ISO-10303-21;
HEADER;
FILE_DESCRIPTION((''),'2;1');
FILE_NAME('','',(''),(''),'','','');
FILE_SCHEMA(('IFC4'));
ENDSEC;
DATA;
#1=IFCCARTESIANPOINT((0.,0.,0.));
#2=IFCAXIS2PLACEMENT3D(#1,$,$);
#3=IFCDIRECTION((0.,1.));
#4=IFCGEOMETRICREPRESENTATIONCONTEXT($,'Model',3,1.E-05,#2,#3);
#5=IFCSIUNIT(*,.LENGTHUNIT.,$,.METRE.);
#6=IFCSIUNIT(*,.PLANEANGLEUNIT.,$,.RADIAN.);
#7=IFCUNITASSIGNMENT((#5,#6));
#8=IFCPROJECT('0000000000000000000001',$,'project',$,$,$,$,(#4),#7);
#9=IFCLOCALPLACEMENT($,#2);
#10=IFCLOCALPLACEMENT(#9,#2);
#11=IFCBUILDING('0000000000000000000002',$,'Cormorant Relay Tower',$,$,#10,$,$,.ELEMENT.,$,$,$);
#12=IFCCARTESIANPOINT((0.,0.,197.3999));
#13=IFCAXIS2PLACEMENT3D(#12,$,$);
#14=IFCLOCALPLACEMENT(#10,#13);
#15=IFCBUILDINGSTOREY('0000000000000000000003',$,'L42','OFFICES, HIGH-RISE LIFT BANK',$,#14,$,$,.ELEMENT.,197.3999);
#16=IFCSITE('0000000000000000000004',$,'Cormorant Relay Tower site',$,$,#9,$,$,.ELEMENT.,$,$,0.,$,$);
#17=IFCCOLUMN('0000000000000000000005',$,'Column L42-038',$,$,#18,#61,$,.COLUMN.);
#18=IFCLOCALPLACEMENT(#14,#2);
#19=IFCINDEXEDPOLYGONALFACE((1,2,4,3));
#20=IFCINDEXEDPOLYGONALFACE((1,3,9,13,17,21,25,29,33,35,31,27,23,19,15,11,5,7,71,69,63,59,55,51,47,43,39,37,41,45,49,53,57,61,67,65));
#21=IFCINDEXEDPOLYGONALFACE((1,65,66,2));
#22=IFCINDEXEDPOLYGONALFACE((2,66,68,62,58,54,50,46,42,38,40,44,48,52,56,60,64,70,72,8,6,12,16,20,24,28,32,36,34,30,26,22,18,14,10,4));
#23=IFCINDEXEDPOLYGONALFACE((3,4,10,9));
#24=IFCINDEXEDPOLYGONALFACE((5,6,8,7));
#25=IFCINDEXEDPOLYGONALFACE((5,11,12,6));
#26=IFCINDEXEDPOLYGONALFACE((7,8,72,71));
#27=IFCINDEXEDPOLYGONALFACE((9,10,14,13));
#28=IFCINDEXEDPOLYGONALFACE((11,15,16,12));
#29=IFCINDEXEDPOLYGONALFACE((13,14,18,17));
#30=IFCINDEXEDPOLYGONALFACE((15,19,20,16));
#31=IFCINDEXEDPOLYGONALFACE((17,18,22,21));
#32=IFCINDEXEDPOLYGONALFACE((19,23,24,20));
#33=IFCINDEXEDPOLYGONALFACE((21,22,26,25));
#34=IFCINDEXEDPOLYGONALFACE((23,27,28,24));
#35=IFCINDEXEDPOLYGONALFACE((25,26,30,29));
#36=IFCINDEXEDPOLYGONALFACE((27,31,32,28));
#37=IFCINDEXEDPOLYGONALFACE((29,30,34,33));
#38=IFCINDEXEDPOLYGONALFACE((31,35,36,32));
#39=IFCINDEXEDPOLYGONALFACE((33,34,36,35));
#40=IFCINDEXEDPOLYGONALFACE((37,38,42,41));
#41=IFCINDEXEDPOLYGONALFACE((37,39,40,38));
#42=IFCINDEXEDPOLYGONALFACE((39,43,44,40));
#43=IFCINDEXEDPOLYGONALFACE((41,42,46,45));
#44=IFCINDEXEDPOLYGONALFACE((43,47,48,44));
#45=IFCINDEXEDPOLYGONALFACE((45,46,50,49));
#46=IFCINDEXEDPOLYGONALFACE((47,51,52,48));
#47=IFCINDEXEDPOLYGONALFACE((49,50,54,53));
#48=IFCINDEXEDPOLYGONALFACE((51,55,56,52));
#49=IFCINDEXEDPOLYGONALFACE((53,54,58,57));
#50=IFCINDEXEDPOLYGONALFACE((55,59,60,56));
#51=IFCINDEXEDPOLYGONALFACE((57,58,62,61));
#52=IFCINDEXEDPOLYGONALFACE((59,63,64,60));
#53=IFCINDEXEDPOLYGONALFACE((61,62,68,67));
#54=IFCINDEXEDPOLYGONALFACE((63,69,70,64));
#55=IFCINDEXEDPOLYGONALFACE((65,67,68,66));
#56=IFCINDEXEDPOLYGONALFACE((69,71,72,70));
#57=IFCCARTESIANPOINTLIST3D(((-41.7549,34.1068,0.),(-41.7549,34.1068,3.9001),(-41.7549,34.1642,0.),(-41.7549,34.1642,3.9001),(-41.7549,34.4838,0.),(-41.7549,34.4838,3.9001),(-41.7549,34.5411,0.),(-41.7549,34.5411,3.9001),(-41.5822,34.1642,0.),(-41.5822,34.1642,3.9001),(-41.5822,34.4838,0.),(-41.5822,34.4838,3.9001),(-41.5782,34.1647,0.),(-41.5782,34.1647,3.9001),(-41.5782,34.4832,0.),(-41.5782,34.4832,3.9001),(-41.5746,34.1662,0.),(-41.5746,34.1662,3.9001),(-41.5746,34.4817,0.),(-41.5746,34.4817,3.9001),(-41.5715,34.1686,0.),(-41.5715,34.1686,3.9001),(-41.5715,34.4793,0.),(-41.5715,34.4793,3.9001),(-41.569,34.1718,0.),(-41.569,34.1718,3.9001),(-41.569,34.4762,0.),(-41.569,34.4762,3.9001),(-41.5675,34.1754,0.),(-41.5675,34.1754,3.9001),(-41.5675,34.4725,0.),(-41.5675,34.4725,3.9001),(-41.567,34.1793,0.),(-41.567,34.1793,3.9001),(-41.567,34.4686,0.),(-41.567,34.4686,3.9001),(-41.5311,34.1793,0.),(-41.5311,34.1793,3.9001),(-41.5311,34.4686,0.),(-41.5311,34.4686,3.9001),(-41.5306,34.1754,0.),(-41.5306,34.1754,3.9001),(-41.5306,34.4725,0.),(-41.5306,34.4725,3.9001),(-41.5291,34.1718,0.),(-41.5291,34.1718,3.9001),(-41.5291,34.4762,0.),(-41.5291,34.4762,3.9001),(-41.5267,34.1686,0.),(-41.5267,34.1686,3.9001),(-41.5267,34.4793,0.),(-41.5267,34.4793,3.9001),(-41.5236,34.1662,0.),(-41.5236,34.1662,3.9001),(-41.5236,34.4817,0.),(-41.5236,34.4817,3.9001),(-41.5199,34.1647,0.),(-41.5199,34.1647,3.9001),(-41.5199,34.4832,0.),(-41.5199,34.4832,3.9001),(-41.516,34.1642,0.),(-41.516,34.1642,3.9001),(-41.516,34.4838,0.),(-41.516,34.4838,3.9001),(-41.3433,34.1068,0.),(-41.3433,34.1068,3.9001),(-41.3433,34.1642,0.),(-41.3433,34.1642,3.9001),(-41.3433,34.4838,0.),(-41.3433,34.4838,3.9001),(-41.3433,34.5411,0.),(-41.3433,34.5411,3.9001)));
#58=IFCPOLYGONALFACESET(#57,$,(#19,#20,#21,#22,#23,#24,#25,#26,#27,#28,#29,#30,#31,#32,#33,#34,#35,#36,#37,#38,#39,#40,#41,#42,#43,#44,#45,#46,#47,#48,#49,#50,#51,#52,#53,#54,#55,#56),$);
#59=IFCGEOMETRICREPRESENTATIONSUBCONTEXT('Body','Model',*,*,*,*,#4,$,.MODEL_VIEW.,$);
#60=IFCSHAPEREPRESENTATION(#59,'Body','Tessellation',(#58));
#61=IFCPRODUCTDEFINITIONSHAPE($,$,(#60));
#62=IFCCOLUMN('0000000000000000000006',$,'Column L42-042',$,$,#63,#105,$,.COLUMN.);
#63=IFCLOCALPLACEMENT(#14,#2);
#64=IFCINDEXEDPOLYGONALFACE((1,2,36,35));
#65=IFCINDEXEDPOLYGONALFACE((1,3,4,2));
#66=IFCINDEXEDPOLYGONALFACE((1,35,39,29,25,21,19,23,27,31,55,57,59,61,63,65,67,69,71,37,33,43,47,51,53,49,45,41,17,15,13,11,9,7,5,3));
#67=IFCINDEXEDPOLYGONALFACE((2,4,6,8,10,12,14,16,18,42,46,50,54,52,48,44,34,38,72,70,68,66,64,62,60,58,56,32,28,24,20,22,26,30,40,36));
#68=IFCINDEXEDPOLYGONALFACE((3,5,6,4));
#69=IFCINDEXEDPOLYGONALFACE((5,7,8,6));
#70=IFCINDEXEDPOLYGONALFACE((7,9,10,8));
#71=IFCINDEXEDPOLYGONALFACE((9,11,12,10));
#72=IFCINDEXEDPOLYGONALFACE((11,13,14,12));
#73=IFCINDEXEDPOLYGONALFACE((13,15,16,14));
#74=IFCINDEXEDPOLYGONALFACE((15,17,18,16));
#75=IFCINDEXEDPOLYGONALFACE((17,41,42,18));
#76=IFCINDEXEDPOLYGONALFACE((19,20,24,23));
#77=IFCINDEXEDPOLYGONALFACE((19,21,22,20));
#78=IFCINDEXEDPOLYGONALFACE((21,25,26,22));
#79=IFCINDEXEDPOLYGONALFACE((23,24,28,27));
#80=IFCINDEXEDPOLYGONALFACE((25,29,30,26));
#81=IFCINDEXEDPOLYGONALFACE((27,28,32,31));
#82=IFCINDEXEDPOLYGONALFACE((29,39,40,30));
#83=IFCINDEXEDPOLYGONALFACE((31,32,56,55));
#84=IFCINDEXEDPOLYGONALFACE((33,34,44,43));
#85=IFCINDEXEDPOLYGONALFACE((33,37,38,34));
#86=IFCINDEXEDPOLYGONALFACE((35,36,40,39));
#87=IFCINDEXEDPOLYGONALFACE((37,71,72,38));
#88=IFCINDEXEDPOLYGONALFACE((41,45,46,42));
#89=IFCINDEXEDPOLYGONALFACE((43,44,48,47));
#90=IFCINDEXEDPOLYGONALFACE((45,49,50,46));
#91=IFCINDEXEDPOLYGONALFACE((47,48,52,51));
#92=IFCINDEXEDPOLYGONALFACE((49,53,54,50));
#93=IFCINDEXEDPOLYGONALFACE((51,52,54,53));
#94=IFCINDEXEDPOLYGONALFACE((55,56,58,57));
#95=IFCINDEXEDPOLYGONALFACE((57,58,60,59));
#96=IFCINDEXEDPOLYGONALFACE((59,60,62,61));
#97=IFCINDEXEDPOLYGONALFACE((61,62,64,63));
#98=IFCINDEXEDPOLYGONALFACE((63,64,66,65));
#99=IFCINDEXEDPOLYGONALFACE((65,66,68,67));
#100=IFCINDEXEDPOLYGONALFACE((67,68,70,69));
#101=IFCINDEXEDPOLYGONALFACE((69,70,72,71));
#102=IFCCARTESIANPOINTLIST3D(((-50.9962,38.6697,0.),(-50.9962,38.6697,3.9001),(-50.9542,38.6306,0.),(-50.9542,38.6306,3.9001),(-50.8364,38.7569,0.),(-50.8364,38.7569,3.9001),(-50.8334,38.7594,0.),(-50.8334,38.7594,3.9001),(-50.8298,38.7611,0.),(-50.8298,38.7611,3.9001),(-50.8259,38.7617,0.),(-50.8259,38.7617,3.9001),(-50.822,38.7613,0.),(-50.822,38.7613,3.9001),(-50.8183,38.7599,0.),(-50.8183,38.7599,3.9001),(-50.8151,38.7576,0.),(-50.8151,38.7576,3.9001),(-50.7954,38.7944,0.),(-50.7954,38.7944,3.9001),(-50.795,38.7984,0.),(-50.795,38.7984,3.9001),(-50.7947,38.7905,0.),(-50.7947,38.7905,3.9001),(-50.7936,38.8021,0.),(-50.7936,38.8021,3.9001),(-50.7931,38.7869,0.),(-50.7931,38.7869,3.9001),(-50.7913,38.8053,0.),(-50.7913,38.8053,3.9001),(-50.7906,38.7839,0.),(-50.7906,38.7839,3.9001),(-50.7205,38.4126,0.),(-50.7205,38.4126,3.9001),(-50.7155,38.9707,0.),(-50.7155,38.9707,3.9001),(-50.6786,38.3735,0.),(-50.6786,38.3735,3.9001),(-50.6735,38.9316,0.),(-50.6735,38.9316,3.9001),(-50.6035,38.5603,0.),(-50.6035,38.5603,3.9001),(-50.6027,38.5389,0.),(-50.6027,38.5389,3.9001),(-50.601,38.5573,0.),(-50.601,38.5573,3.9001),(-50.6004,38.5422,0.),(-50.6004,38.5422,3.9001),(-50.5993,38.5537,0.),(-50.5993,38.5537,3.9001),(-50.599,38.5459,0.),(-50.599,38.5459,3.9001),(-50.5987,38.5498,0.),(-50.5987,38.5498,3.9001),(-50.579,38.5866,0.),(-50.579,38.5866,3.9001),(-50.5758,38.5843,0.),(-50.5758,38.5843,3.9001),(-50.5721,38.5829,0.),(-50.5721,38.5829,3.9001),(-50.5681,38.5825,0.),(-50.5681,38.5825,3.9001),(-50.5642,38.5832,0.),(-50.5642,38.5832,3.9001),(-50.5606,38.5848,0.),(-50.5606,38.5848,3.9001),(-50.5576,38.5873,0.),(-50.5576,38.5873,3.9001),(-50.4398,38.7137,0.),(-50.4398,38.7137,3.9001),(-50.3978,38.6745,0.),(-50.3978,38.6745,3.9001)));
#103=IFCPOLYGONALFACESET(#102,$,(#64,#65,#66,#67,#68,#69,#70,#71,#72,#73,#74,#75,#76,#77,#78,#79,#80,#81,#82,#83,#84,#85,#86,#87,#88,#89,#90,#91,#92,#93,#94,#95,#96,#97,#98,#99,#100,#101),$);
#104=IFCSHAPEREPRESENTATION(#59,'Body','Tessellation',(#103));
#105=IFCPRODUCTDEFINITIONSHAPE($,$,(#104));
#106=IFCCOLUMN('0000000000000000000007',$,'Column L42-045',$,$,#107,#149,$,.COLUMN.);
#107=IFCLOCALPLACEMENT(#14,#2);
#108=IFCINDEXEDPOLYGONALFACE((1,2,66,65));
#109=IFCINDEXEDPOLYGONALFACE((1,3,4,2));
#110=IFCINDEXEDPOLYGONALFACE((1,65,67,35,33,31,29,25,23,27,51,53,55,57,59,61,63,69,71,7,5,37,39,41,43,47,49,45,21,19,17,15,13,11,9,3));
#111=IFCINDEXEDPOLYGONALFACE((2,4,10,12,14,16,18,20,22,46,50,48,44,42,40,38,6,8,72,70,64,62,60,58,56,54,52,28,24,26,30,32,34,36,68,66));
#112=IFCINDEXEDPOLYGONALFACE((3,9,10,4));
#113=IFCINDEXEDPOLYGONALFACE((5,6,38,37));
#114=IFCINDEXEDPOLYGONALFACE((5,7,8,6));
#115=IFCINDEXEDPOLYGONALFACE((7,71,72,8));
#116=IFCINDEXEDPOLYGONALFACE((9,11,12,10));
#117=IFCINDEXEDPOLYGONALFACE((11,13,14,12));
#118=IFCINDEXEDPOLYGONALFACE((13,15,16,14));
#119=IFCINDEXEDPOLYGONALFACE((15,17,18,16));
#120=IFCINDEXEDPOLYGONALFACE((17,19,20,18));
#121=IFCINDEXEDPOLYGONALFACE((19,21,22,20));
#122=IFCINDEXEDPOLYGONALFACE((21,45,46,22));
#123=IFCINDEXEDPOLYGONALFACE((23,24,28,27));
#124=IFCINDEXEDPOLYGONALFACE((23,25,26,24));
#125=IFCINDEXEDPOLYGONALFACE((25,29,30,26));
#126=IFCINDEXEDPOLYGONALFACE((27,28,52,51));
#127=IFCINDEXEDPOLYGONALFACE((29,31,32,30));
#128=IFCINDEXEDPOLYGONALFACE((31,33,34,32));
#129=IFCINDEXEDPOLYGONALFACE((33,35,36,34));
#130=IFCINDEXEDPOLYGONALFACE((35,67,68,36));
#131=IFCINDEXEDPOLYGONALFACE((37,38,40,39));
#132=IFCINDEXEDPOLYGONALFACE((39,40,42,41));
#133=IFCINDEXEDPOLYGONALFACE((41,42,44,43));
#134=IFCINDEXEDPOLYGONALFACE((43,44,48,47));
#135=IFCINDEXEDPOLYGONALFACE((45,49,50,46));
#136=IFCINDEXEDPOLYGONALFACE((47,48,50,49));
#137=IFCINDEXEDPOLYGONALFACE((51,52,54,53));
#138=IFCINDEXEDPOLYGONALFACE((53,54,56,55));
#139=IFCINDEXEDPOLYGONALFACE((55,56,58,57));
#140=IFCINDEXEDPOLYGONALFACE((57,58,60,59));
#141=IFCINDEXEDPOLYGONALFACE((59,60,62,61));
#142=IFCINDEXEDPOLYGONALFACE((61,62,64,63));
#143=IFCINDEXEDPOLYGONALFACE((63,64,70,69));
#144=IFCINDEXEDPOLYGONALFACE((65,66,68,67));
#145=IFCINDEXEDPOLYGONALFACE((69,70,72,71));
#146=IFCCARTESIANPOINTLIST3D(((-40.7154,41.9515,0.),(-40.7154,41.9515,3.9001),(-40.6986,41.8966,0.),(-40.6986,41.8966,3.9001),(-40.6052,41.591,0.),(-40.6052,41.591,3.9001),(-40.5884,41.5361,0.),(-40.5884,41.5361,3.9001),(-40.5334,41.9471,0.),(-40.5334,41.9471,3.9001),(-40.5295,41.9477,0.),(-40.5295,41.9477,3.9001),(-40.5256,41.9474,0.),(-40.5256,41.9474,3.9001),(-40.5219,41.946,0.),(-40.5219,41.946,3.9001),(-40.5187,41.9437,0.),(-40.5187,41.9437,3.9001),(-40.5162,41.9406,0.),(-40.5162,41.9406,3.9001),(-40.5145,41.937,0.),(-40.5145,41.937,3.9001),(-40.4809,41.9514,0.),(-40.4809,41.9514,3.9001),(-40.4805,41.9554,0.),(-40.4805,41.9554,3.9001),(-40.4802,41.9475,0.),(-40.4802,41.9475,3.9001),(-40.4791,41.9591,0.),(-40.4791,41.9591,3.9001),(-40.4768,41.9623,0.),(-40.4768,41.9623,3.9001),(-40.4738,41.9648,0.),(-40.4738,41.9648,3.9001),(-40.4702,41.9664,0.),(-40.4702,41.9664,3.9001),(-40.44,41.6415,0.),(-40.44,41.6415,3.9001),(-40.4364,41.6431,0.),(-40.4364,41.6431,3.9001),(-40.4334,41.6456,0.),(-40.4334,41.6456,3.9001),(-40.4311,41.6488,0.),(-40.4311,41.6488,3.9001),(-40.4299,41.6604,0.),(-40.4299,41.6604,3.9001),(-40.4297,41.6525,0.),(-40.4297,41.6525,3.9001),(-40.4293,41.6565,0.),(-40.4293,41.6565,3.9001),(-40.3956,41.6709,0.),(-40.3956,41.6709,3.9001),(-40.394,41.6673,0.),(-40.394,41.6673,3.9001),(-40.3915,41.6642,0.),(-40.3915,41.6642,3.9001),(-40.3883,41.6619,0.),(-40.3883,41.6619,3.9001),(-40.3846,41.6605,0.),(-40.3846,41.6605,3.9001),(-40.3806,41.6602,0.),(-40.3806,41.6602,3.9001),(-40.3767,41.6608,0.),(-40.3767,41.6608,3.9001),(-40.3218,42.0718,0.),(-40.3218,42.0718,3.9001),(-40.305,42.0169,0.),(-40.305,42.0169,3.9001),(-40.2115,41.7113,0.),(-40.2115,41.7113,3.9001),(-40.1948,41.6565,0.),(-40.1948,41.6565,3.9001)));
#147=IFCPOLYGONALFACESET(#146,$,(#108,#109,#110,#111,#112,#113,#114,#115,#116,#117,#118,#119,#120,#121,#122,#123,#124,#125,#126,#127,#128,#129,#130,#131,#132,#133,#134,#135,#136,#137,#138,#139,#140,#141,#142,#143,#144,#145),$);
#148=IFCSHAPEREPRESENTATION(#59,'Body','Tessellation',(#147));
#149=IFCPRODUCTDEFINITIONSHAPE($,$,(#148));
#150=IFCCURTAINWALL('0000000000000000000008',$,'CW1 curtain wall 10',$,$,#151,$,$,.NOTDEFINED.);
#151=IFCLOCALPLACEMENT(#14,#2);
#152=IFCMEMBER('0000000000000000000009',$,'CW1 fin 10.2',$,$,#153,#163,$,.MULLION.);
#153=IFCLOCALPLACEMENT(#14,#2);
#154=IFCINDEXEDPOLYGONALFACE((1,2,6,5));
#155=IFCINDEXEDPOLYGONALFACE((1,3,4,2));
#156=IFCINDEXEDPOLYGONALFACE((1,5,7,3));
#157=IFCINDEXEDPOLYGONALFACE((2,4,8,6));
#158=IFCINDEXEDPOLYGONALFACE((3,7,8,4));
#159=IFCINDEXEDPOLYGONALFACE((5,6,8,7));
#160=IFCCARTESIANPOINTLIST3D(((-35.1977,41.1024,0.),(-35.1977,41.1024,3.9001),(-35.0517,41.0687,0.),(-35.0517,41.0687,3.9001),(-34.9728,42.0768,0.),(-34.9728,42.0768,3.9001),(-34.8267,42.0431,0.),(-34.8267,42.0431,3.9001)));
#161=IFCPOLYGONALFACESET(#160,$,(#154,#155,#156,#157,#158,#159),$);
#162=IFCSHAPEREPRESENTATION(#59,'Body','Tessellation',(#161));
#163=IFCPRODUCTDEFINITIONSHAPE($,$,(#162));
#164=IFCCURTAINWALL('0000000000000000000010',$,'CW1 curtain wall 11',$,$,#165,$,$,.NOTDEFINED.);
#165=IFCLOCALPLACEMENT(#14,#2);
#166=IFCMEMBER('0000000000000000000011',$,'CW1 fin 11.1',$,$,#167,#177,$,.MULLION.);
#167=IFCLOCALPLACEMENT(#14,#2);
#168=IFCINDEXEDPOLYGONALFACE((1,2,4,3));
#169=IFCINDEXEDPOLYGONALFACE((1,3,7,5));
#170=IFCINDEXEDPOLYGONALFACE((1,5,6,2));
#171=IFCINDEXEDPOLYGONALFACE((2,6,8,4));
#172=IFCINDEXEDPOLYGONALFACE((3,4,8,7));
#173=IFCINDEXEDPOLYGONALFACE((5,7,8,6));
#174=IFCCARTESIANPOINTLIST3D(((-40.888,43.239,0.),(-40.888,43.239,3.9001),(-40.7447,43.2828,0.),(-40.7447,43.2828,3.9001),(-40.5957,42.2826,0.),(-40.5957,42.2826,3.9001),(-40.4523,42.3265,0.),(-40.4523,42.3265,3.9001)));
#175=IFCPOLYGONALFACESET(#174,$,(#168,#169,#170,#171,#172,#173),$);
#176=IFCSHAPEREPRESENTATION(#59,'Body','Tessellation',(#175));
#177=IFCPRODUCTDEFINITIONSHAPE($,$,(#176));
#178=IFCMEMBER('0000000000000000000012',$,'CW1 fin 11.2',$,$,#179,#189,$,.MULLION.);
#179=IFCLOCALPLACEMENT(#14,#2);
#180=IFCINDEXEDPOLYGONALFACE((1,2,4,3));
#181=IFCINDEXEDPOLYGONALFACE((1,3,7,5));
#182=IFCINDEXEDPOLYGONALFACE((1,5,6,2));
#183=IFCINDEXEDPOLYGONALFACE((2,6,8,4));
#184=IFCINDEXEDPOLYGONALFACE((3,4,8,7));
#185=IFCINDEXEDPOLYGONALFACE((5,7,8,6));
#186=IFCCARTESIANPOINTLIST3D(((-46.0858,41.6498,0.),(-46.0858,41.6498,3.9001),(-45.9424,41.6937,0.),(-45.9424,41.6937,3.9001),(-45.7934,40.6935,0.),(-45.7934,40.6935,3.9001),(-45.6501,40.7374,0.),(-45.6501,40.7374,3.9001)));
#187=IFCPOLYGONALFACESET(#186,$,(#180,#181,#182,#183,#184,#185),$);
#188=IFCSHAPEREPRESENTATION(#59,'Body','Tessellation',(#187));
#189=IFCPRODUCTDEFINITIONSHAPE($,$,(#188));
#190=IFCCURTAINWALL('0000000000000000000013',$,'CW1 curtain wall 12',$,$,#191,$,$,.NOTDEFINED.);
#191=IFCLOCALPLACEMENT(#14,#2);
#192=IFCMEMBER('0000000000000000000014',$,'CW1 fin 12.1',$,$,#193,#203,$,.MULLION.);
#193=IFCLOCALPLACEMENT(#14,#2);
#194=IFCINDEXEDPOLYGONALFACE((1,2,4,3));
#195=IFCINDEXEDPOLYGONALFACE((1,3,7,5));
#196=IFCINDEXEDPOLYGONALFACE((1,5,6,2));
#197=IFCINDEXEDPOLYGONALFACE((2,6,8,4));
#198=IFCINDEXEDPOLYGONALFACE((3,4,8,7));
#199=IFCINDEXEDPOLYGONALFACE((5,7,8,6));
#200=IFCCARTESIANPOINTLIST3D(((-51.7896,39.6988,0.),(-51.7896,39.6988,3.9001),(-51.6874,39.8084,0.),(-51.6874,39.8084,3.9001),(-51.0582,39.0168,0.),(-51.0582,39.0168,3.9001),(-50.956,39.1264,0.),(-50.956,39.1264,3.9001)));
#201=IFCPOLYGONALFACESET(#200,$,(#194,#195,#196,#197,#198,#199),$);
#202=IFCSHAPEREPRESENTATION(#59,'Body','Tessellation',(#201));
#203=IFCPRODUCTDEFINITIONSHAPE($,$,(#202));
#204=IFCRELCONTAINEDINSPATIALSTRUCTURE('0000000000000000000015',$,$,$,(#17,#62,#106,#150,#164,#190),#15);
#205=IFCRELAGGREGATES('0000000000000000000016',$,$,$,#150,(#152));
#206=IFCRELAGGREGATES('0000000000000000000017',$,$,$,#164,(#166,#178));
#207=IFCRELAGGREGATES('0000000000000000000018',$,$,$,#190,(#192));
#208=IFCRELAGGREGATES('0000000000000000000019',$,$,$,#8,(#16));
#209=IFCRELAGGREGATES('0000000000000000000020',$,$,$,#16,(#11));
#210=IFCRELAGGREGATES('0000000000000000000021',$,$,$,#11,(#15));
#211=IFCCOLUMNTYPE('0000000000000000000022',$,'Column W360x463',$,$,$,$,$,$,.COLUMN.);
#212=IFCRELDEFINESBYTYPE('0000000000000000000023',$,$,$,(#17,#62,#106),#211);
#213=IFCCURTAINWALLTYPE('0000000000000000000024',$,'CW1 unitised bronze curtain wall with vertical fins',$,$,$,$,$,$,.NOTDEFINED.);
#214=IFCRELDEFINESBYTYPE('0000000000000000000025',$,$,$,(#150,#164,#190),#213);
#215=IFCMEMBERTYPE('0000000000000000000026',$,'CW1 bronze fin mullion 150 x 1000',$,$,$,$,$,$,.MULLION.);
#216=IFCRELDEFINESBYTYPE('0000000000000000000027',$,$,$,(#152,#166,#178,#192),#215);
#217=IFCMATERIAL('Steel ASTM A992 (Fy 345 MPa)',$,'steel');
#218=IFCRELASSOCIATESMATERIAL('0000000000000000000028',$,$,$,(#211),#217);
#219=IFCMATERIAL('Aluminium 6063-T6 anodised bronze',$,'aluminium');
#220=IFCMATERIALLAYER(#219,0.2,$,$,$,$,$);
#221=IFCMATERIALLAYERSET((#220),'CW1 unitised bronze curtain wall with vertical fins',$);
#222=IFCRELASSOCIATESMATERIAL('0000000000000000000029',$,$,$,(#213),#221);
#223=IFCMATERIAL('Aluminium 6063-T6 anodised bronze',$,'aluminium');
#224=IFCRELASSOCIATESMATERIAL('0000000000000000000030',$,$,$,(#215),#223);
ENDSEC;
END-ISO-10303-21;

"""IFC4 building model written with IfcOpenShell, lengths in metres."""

from ifc_helpers import new_model, si_unit, direction, frame, origin, origin_2d, place, context, subcontext, project, spatial, rectangle, i_section, extrude, material, layer, layer_set, material_profile, profile_set, type_object, element, aggregate, save


model = new_model("IFC4")

# Units and contexts
model_context = context("Model", 3, precision=1e-05, world=origin(), true_north=direction((0.0, 1.0)))
body_context = subcontext(model_context, "Body", "Model", "MODEL_VIEW")
ifc_project = project(units=[si_unit("LENGTHUNIT", "METRE"), si_unit("PLANEANGLEUNIT", "RADIAN")], contexts=[model_context])

# Site, building, storey
site_placement = place(None, origin())
site = spatial("IfcSite", under=ifc_project, at=site_placement, Name="Cormorant Relay Tower site", CompositionType="ELEMENT", RefElevation=0.0)
building_placement = place(site_placement, origin())
building = spatial("IfcBuilding", under=site, at=building_placement, Name="Cormorant Relay Tower", CompositionType="ELEMENT")
storey_placement = place(building_placement, frame((0.0, 0.0, 197.3999)))
storey = spatial("IfcBuildingStorey", under=building, at=storey_placement, Name="L42", Description="OFFICES, HIGH-RISE LIFT BANK", CompositionType="ELEMENT", Elevation=197.3999)

# Columns
ifc_material_1 = material(Name="Steel ASTM A992 (Fy 345 MPa)", Category="steel")
ifc_material_profile_1 = material_profile(ifc_material_1, i_section(OverallWidth=0.4116, OverallDepth=0.4343, WebThickness=0.0359, FlangeThickness=0.0574, FilletRadius=0.0151, at=origin_2d()), Name="W360x463")
ifc_profile_set_1 = profile_set([ifc_material_profile_1], Name="Steel ASTM A992 (Fy 345 MPa)")
column_type = type_object("IfcColumnType", Name="Column W360x463", PredefinedType="COLUMN", material=ifc_profile_set_1)
for number, where, z_axis, x_axis, name in (
    (1, (-41.5491, 34.324, 0.0), (0.0, 0.0, 1.0), (1.0, 0.0, 0.0), "Column L42-038"),
    (2, (-50.697, 38.6721, 0.0), (0.0, 0.0, 1.0), (-0.681998, -0.731354, 0.0), "Column L42-042"),
    (3, (-40.4551, 41.804, 0.0), (0.0, 0.0, 1.0), (-0.956305, -0.292372, 0.0), "Column L42-045"),
):
    element("IfcColumn", number, at=place(storey_placement, frame(where, z_axis=z_axis, x_axis=x_axis)), inside=storey, type_object=column_type, Name=name, PredefinedType="COLUMN", context=body_context, shape_type="SweptSolid", body=[
        extrude(i_section(OverallWidth=0.4116, OverallDepth=0.4343, WebThickness=0.0359, FlangeThickness=0.0574, FilletRadius=0.0151, at=origin_2d()), origin(), (0.0, 0.0, 1.0), 3.9001),
    ])

# Curtain wall, member
ifc_material_2 = material(Name="Aluminium 6063-T6 anodised bronze", Category="aluminium")
ifc_layer_1 = layer(ifc_material_2, 0.2)
ifc_layer_set_1 = layer_set([ifc_layer_1], Name="CW1 unitised bronze curtain wall with vertical fins")
curtain_wall_type = type_object("IfcCurtainWallType", Name="CW1 unitised bronze curtain wall with vertical fins", PredefinedType="NOTDEFINED", material=ifc_layer_set_1)
curtain_wall_1_placement = place(storey_placement, origin())
curtain_wall_1 = element("IfcCurtainWall", 4, at=curtain_wall_1_placement, inside=storey, type_object=curtain_wall_type, Name="CW1 curtain wall 10", PredefinedType="NOTDEFINED")
ifc_material_3 = material(Name="Aluminium 6063-T6 anodised bronze", Category="aluminium")
ifc_material_profile_2 = material_profile(ifc_material_3, rectangle(XDim=0.1499, YDim=1.0, at=origin_2d()), Name="AL 150x1000")
ifc_profile_set_2 = profile_set([ifc_material_profile_2], Name="Aluminium 6063-T6 anodised bronze")
member_type_1 = type_object("IfcMemberType", Name="CW1 bronze fin mullion 150 x 1000", PredefinedType="MULLION", material=ifc_profile_set_2)
member_1_placement = place(storey_placement, frame((-35.0122, 41.5728, 0.0), z_axis=(0.0, 0.0, 1.0), x_axis=(-0.97437, 0.224951, 0.0)))
member_1 = element("IfcMember", 5, at=member_1_placement, type_object=member_type_1, Name="CW1 fin 10.2", PredefinedType="MULLION", context=body_context, shape_type="SweptSolid", body=[
    extrude(rectangle(XDim=0.1499, YDim=1.0, at=origin_2d()), origin(), (0.0, 0.0, 1.0), 3.9001),
])

# Curtain walls, members
curtain_wall_2_placement = place(storey_placement, origin())
curtain_wall_2 = element("IfcCurtainWall", 6, at=curtain_wall_2_placement, inside=storey, type_object=curtain_wall_type, Name="CW1 curtain wall 11", PredefinedType="NOTDEFINED")
member_2_placement = place(storey_placement, frame((-40.6702, 42.7827, 0.0), z_axis=(0.0, 0.0, 1.0), x_axis=(-0.956305, -0.292372, 0.0)))
member_2 = element("IfcMember", 7, at=member_2_placement, type_object=member_type_1, Name="CW1 fin 11.1", PredefinedType="MULLION", context=body_context, shape_type="SweptSolid", body=[
    extrude(rectangle(XDim=0.1499, YDim=1.0, at=origin_2d()), origin(), (0.0, 0.0, 1.0), 3.9001),
])
member_3_placement = place(storey_placement, frame((-45.8679, 41.1936, 0.0), z_axis=(0.0, 0.0, 1.0), x_axis=(-0.956305, -0.292372, 0.0)))
member_3 = element("IfcMember", 8, at=member_3_placement, type_object=member_type_1, Name="CW1 fin 11.2", PredefinedType="MULLION", context=body_context, shape_type="SweptSolid", body=[
    extrude(rectangle(XDim=0.1499, YDim=1.0, at=origin_2d()), origin(), (0.0, 0.0, 1.0), 3.9001),
])
curtain_wall_3_placement = place(storey_placement, origin())
curtain_wall_3 = element("IfcCurtainWall", 9, at=curtain_wall_3_placement, inside=storey, type_object=curtain_wall_type, Name="CW1 curtain wall 12", PredefinedType="NOTDEFINED")
member_4_placement = place(storey_placement, frame((-51.3728, 39.4126, 0.0), z_axis=(0.0, 0.0, 1.0), x_axis=(-0.681998, -0.731354, 0.0)))
member_4 = element("IfcMember", 10, at=member_4_placement, type_object=member_type_1, Name="CW1 fin 12.1", PredefinedType="MULLION", context=body_context, shape_type="SweptSolid", body=[
    extrude(rectangle(XDim=0.1499, YDim=1.0, at=origin_2d()), origin(), (0.0, 0.0, 1.0), 3.9001),
])

aggregate(curtain_wall_1, [member_1])
aggregate(curtain_wall_2, [member_2, member_3])
aggregate(curtain_wall_3, [member_4])

save(model, "model.ifc")
